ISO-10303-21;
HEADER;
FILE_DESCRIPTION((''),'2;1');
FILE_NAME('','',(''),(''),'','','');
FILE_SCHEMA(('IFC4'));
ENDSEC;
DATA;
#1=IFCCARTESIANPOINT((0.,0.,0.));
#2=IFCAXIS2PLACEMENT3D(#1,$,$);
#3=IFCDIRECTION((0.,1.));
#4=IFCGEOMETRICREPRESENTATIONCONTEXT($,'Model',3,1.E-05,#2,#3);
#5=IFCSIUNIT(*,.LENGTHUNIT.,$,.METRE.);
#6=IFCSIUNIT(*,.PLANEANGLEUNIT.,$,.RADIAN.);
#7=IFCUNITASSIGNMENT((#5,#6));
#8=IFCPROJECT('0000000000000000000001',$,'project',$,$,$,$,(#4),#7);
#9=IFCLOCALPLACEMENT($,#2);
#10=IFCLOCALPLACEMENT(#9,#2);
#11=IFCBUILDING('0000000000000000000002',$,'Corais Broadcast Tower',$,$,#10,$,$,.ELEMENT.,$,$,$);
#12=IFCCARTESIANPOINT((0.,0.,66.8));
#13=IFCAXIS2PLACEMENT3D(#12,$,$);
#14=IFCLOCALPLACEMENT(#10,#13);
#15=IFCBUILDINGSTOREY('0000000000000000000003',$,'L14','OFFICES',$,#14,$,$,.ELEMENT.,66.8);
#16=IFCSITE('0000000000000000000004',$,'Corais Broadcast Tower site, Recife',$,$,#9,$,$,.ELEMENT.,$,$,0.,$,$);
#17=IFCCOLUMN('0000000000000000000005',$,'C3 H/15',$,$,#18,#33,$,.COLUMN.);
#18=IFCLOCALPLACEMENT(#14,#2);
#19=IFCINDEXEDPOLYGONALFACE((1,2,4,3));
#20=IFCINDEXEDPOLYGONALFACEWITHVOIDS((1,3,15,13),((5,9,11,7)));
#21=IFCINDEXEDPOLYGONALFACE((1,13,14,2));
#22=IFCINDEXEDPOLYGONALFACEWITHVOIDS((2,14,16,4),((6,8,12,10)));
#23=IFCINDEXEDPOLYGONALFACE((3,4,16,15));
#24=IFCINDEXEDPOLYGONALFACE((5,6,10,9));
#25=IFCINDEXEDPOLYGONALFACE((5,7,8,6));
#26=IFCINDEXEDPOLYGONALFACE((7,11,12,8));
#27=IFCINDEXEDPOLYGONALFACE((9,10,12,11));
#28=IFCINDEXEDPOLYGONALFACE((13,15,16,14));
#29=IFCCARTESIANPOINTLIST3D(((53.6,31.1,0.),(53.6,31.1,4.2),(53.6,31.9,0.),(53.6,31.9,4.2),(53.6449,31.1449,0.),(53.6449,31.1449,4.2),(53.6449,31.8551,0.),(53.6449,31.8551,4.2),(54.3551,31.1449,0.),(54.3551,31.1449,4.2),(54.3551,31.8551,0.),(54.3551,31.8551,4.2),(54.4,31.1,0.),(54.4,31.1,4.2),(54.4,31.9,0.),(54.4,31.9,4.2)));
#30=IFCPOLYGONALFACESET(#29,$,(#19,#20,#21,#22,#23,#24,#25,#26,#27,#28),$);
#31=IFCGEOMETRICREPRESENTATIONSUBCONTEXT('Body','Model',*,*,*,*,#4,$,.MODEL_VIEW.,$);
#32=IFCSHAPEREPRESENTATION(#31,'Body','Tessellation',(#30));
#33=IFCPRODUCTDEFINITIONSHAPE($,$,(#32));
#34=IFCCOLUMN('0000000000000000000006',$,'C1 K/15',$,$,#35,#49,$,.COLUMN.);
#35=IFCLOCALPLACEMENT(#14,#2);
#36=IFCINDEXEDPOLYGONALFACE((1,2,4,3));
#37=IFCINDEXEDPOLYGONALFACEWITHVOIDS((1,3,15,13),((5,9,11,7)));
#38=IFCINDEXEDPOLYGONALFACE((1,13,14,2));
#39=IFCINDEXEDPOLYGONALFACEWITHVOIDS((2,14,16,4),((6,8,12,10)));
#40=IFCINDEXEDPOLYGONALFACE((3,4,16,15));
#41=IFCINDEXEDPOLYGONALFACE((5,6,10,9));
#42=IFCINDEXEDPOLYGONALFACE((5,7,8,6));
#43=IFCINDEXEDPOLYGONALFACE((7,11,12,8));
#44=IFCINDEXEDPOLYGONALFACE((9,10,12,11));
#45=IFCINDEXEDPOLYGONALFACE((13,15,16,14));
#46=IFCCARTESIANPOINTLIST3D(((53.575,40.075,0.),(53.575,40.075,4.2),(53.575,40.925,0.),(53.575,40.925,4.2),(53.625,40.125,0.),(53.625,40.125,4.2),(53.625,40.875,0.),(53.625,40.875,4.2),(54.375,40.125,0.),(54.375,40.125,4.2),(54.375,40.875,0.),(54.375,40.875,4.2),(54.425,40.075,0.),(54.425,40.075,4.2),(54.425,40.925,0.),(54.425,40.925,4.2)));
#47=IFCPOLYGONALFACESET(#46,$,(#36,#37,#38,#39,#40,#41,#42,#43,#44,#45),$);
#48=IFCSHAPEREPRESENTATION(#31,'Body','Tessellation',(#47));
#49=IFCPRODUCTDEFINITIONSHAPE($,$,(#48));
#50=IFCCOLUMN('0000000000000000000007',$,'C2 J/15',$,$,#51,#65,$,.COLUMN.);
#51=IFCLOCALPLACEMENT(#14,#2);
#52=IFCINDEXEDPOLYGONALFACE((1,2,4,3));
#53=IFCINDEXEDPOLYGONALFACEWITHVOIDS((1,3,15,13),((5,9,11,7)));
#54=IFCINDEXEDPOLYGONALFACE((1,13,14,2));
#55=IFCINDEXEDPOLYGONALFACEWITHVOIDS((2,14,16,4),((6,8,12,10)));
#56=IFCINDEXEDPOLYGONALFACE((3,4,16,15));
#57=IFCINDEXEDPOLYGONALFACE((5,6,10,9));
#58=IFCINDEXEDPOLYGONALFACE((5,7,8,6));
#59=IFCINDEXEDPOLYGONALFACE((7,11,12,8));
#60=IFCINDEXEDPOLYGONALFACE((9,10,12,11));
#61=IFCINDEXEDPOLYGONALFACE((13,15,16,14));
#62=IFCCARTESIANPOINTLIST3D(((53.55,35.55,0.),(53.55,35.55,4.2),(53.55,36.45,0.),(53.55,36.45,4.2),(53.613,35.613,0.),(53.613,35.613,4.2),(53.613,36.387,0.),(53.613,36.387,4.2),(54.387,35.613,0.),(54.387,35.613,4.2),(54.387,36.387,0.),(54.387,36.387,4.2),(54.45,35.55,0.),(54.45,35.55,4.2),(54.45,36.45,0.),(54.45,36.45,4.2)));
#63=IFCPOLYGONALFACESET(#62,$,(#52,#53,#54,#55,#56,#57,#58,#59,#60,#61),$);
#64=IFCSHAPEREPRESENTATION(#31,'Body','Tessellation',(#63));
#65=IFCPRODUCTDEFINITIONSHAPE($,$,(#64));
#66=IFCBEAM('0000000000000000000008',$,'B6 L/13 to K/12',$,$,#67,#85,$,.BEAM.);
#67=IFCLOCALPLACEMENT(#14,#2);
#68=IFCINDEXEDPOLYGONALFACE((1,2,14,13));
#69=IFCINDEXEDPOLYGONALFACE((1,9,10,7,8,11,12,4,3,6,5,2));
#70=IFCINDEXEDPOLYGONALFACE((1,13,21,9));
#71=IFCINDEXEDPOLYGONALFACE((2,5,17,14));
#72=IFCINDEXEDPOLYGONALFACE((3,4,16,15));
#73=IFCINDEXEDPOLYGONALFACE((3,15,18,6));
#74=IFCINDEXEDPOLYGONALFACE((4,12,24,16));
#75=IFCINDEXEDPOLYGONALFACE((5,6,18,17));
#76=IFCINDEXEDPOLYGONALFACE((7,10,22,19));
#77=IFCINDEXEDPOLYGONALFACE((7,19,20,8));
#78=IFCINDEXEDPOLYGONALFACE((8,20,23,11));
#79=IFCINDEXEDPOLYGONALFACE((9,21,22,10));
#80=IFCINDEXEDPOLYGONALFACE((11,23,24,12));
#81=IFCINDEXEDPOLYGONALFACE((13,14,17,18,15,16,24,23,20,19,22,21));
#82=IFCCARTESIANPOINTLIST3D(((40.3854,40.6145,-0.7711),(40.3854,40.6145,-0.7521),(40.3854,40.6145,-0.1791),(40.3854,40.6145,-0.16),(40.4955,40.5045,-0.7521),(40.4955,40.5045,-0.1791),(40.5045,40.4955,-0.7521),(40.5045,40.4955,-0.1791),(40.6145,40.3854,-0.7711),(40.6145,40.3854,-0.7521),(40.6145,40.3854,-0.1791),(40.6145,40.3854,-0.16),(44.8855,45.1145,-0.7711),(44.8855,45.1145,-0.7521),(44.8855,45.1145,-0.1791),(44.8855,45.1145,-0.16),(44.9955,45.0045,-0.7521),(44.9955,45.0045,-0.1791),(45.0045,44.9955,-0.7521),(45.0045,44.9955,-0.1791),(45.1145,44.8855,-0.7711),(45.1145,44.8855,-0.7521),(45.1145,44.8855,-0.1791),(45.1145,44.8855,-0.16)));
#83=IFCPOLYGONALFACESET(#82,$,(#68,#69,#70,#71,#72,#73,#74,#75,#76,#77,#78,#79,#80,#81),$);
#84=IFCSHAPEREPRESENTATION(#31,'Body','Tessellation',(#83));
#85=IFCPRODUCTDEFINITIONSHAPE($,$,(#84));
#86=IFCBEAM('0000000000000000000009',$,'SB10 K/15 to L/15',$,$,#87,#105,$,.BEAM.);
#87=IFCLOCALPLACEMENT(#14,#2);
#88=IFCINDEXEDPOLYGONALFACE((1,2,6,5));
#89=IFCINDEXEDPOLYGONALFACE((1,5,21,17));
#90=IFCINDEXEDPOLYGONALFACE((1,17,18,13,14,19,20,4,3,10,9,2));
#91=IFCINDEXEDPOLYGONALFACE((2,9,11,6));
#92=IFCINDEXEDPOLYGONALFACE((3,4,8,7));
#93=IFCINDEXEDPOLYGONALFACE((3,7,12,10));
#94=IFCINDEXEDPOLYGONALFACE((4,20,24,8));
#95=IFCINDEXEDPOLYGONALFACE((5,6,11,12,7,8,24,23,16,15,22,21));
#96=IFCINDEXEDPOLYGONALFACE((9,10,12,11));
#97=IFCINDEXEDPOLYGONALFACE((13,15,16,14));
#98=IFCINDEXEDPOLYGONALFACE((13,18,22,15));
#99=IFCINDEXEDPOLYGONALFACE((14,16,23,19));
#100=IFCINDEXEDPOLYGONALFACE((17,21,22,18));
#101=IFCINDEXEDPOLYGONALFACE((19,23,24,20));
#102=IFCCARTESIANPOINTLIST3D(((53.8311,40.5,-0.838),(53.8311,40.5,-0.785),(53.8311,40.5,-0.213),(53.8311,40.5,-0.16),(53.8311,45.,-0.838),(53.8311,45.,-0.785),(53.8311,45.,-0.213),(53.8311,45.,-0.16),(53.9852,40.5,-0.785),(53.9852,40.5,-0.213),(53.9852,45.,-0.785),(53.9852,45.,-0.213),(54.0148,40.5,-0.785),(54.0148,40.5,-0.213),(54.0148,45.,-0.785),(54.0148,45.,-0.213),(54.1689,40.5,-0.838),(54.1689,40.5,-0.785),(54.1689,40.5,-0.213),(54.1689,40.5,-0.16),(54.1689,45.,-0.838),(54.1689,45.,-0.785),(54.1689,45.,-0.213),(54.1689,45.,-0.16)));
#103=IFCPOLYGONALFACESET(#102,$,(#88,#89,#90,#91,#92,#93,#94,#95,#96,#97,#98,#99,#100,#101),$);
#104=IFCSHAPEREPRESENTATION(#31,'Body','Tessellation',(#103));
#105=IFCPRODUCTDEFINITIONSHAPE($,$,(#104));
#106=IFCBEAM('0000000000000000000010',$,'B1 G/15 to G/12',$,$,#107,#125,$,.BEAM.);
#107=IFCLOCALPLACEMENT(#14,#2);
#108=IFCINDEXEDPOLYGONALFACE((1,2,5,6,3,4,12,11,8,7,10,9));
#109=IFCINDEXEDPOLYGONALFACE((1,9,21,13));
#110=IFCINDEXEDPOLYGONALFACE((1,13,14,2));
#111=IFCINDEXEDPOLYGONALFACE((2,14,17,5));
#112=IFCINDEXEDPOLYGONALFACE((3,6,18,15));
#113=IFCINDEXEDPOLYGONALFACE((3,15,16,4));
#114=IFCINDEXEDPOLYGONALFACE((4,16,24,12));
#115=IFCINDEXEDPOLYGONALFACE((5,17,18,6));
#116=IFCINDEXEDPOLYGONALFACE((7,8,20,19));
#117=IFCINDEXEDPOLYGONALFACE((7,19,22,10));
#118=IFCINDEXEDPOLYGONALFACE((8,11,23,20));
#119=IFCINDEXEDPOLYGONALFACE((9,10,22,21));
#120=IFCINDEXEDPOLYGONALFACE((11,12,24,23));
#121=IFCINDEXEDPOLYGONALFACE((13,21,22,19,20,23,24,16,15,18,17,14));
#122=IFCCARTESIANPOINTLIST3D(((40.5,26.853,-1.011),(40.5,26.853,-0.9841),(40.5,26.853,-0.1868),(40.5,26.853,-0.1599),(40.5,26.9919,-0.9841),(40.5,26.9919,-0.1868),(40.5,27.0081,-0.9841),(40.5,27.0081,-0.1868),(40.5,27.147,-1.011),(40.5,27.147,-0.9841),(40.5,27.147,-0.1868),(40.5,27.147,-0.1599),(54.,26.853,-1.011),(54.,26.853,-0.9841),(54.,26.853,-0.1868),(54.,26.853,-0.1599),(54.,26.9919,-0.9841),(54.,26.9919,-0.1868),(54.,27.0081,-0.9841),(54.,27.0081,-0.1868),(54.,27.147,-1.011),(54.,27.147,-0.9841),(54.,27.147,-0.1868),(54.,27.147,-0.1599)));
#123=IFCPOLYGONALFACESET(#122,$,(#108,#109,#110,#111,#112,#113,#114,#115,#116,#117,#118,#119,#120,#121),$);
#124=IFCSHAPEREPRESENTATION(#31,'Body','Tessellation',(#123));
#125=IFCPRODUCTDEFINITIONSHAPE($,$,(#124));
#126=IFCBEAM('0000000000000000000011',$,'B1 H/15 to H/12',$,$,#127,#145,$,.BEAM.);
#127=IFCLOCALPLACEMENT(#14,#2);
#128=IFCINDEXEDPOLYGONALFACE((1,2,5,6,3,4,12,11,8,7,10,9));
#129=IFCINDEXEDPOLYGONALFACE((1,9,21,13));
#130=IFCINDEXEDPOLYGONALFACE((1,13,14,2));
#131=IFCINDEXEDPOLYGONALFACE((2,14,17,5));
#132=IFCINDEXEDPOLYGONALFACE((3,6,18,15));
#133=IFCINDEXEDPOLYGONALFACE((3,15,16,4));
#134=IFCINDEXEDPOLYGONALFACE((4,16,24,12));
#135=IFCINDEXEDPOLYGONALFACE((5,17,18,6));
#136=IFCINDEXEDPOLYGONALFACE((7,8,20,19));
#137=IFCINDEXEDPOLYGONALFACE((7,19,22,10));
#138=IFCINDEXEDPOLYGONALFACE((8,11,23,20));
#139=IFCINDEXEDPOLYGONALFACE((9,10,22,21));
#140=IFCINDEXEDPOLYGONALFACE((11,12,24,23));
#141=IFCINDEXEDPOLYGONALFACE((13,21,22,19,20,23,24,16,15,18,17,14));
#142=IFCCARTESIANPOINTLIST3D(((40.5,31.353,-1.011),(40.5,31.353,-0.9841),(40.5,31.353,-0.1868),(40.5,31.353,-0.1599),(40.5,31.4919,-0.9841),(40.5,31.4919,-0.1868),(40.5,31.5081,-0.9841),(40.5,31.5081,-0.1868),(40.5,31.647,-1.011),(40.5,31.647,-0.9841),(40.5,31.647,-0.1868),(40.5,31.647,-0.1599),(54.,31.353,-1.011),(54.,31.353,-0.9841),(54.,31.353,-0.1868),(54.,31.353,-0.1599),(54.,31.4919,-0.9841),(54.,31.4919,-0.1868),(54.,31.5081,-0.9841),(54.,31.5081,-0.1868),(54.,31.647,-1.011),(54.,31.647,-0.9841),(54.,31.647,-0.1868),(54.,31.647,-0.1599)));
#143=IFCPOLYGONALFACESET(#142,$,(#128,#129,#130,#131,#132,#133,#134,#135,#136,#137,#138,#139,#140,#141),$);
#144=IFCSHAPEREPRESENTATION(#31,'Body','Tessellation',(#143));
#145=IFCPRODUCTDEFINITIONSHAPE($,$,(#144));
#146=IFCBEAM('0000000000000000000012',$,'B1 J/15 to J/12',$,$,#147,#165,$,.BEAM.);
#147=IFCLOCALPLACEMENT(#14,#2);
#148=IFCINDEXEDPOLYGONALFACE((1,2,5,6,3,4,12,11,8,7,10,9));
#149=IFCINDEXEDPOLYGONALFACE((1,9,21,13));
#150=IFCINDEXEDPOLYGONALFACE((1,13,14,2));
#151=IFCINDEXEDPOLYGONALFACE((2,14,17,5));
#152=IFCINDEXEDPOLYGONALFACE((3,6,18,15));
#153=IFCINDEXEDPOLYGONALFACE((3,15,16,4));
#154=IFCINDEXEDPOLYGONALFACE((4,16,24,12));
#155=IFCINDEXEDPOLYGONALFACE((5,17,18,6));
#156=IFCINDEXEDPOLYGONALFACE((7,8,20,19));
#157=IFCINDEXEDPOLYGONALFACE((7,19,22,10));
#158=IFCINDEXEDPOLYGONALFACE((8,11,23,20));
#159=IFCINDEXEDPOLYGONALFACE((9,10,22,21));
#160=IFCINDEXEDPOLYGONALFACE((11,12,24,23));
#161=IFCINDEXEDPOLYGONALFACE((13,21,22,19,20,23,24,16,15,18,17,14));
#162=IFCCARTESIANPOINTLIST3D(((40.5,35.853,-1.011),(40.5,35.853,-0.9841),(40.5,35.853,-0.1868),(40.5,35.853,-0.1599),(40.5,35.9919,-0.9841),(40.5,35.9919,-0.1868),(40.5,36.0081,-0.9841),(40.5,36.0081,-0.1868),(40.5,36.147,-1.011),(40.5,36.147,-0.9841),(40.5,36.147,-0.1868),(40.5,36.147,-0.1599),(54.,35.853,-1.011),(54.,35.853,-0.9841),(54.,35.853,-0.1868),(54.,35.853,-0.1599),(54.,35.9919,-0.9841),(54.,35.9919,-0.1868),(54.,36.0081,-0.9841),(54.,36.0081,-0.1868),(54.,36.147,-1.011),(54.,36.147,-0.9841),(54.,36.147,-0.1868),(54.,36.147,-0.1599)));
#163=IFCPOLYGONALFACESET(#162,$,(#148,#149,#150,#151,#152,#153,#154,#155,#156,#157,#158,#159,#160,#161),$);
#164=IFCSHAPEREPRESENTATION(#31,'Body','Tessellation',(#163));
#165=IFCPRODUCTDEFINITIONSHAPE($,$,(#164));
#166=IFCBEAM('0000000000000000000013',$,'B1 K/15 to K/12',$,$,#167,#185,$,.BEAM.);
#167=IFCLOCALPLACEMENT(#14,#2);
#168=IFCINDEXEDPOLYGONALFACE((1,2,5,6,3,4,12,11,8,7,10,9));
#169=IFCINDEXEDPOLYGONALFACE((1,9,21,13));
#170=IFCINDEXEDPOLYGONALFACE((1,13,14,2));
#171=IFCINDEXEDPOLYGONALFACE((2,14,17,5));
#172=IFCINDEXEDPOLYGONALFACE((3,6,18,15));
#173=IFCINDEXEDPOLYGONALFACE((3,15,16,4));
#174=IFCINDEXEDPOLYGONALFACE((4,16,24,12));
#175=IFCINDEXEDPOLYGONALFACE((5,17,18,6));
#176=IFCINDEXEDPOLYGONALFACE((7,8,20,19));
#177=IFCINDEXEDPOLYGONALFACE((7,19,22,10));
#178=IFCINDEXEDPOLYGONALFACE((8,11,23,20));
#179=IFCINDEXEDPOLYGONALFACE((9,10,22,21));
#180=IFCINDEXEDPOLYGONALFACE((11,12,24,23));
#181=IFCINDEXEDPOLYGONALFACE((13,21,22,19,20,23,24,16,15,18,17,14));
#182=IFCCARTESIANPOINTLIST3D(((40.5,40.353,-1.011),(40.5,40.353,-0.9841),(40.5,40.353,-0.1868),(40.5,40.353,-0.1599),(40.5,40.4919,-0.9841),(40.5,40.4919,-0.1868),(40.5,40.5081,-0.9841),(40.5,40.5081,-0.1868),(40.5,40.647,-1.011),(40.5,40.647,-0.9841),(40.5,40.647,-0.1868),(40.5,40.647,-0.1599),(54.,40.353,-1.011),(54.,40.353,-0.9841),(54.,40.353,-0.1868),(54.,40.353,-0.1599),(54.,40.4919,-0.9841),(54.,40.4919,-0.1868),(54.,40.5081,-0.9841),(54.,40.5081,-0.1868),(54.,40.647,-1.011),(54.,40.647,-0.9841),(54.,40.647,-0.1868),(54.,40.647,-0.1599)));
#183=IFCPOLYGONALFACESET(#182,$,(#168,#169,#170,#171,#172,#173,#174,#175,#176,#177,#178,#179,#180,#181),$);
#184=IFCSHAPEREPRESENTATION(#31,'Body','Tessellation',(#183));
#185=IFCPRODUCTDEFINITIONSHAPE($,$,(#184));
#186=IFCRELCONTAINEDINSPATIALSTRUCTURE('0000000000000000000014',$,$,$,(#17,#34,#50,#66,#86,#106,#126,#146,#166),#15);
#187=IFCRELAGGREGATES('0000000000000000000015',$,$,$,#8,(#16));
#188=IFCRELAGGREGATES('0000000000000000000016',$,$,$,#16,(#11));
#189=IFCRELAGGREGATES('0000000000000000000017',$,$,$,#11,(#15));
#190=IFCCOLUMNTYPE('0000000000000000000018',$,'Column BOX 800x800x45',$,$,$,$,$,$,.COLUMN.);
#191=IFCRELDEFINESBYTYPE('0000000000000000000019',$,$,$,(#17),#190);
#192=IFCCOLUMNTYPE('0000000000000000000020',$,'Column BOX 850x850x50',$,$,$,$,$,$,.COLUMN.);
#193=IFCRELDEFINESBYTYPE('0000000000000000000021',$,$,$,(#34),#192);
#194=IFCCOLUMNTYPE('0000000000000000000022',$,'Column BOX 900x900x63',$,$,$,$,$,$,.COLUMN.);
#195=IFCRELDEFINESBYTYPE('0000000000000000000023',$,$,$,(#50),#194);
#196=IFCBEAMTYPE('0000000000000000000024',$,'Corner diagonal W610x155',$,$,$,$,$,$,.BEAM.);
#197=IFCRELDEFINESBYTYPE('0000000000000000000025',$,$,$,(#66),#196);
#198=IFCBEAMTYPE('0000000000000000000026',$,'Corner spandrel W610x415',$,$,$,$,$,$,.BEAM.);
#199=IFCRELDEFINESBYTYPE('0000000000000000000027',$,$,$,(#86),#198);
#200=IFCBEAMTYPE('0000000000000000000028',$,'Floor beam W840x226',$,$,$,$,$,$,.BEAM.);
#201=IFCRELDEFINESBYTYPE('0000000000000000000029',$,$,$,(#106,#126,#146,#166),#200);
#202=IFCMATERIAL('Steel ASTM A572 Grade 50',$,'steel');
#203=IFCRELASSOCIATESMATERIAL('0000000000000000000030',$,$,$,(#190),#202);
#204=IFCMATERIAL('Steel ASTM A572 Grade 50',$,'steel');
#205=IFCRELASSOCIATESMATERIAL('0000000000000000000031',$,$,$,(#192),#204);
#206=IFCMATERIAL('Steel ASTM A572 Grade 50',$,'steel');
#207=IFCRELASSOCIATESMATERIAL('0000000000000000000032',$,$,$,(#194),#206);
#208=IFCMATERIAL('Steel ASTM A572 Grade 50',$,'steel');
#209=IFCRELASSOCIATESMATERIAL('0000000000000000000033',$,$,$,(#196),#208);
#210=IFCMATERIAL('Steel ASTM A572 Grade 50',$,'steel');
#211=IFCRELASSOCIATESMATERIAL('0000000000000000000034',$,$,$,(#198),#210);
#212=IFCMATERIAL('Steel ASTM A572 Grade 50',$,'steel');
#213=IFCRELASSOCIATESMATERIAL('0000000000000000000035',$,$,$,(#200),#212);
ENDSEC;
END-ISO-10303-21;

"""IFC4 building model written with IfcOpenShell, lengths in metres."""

from ifc_helpers import new_model, si_unit, direction, frame, origin, origin_2d, place, context, subcontext, project, spatial, hollow_rectangle, i_section, extrude, material, material_profile, profile_set, type_object, element, save


model = new_model("IFC4")

# Units and contexts
model_context = context("Model", 3, precision=1e-05, world=origin(), true_north=direction((0.0, 1.0)))
body_context = subcontext(model_context, "Body", "Model", "MODEL_VIEW")
ifc_project = project(units=[si_unit("LENGTHUNIT", "METRE"), si_unit("PLANEANGLEUNIT", "RADIAN")], contexts=[model_context])

# Site, building, storey
site_placement = place(None, origin())
site = spatial("IfcSite", under=ifc_project, at=site_placement, Name="Corais Broadcast Tower site, Recife", CompositionType="ELEMENT", RefElevation=0.0)
building_placement = place(site_placement, origin())
building = spatial("IfcBuilding", under=site, at=building_placement, Name="Corais Broadcast Tower", CompositionType="ELEMENT")
storey_placement = place(building_placement, frame((0.0, 0.0, 66.8)))
storey = spatial("IfcBuildingStorey", under=building, at=storey_placement, Name="L14", Description="OFFICES", CompositionType="ELEMENT", Elevation=66.8)

# Columns
ifc_material_1 = material(Name="Steel ASTM A572 Grade 50", Category="steel")
ifc_material_profile_1 = material_profile(ifc_material_1, hollow_rectangle(XDim=0.8, YDim=0.8, WallThickness=0.0449, at=origin_2d()), Name="BOX 800x800x45")
ifc_profile_set_1 = profile_set([ifc_material_profile_1], Name="Steel ASTM A572 Grade 50")
column_type_1 = type_object("IfcColumnType", Name="Column BOX 800x800x45", PredefinedType="COLUMN", material=ifc_profile_set_1)
column_1_placement = place(storey_placement, frame((54.0, 31.5, 0.0), z_axis=(0.0, 0.0, 1.0), x_axis=(1.0, 0.0, 0.0)))
element("IfcColumn", 1, at=column_1_placement, inside=storey, type_object=column_type_1, Name="C3 H/15", PredefinedType="COLUMN", context=body_context, shape_type="SweptSolid", body=[
    extrude(hollow_rectangle(XDim=0.8, YDim=0.8, WallThickness=0.0449, at=origin_2d()), origin(), (0.0, 0.0, 1.0), 4.2),
])
ifc_material_2 = material(Name="Steel ASTM A572 Grade 50", Category="steel")
ifc_material_profile_2 = material_profile(ifc_material_2, hollow_rectangle(XDim=0.8501, YDim=0.8501, WallThickness=0.05, at=origin_2d()), Name="BOX 850x850x50")
ifc_profile_set_2 = profile_set([ifc_material_profile_2], Name="Steel ASTM A572 Grade 50")
column_type_2 = type_object("IfcColumnType", Name="Column BOX 850x850x50", PredefinedType="COLUMN", material=ifc_profile_set_2)
column_2_placement = place(storey_placement, frame((54.0, 40.5, 0.0), z_axis=(0.0, 0.0, 1.0), x_axis=(1.0, 0.0, 0.0)))
element("IfcColumn", 2, at=column_2_placement, inside=storey, type_object=column_type_2, Name="C1 K/15", PredefinedType="COLUMN", context=body_context, shape_type="SweptSolid", body=[
    extrude(hollow_rectangle(XDim=0.8501, YDim=0.8501, WallThickness=0.05, at=origin_2d()), origin(), (0.0, 0.0, 1.0), 4.2),
])
ifc_material_3 = material(Name="Steel ASTM A572 Grade 50", Category="steel")
ifc_material_profile_3 = material_profile(ifc_material_3, hollow_rectangle(XDim=0.8999, YDim=0.8999, WallThickness=0.063, at=origin_2d()), Name="BOX 900x900x63")
ifc_profile_set_3 = profile_set([ifc_material_profile_3], Name="Steel ASTM A572 Grade 50")
column_type_3 = type_object("IfcColumnType", Name="Column BOX 900x900x63", PredefinedType="COLUMN", material=ifc_profile_set_3)
column_3_placement = place(storey_placement, frame((54.0, 36.0, 0.0), z_axis=(0.0, 0.0, 1.0), x_axis=(1.0, 0.0, 0.0)))
element("IfcColumn", 3, at=column_3_placement, inside=storey, type_object=column_type_3, Name="C2 J/15", PredefinedType="COLUMN", context=body_context, shape_type="SweptSolid", body=[
    extrude(hollow_rectangle(XDim=0.8999, YDim=0.8999, WallThickness=0.063, at=origin_2d()), origin(), (0.0, 0.0, 1.0), 4.2),
])

# Beams
ifc_material_4 = material(Name="Steel ASTM A572 Grade 50", Category="steel")
ifc_material_profile_4 = material_profile(ifc_material_4, i_section(OverallWidth=0.324, OverallDepth=0.6111, WebThickness=0.0127, FlangeThickness=0.019, at=origin_2d()), Name="W610x155")
ifc_profile_set_4 = profile_set([ifc_material_profile_4], Name="Steel ASTM A572 Grade 50")
beam_type_1 = type_object("IfcBeamType", Name="Corner diagonal W610x155", PredefinedType="BEAM", material=ifc_profile_set_4)
beam_1_placement = place(storey_placement, frame((45.0, 45.0, -0.4656), z_axis=(-0.707107, -0.707107, 0.0), x_axis=(0.707107, -0.707107, 0.0)))
element("IfcBeam", 4, at=beam_1_placement, inside=storey, type_object=beam_type_1, Name="B6 L/13 to K/12", PredefinedType="BEAM", context=body_context, shape_type="SweptSolid", body=[
    extrude(i_section(OverallWidth=0.324, OverallDepth=0.6111, WebThickness=0.0127, FlangeThickness=0.019, at=origin_2d()), origin(), (0.0, 0.0, 1.0), 6.364),
])
ifc_material_5 = material(Name="Steel ASTM A572 Grade 50", Category="steel")
ifc_material_profile_5 = material_profile(ifc_material_5, i_section(OverallWidth=0.3379, OverallDepth=0.678, WebThickness=0.0295, FlangeThickness=0.053, at=origin_2d()), Name="W610x415")
ifc_profile_set_5 = profile_set([ifc_material_profile_5], Name="Steel ASTM A572 Grade 50")
beam_type_2 = type_object("IfcBeamType", Name="Corner spandrel W610x415", PredefinedType="BEAM", material=ifc_profile_set_5)
beam_2_placement = place(storey_placement, frame((54.0, 40.5, -0.499), z_axis=(0.0, 1.0, 0.0), x_axis=(-1.0, 0.0, 0.0)))
element("IfcBeam", 5, at=beam_2_placement, inside=storey, type_object=beam_type_2, Name="SB10 K/15 to L/15", PredefinedType="BEAM", context=body_context, shape_type="SweptSolid", body=[
    extrude(i_section(OverallWidth=0.3379, OverallDepth=0.678, WebThickness=0.0295, FlangeThickness=0.053, at=origin_2d()), origin(), (0.0, 0.0, 1.0), 4.5),
])
ifc_material_6 = material(Name="Steel ASTM A572 Grade 50", Category="steel")
ifc_material_profile_6 = material_profile(ifc_material_6, i_section(OverallWidth=0.2939, OverallDepth=0.8511, WebThickness=0.0161, FlangeThickness=0.0269, at=origin_2d()), Name="W840x226")
ifc_profile_set_6 = profile_set([ifc_material_profile_6], Name="Steel ASTM A572 Grade 50")
beam_type_3 = type_object("IfcBeamType", Name="Floor beam W840x226", PredefinedType="BEAM", material=ifc_profile_set_6)
for number, where, z_axis, x_axis, name in (
    (6, (54.0, 27.0, -0.5854), (-1.0, 0.0, 0.0), (0.0, -1.0, 0.0), "B1 G/15 to G/12"),
    (7, (54.0, 31.5, -0.5854), (-1.0, 0.0, 0.0), (0.0, -1.0, 0.0), "B1 H/15 to H/12"),
    (8, (54.0, 36.0, -0.5854), (-1.0, 0.0, 0.0), (0.0, -1.0, 0.0), "B1 J/15 to J/12"),
    (9, (54.0, 40.5, -0.5854), (-1.0, 0.0, 0.0), (0.0, -1.0, 0.0), "B1 K/15 to K/12"),
):
    element("IfcBeam", number, at=place(storey_placement, frame(where, z_axis=z_axis, x_axis=x_axis)), inside=storey, type_object=beam_type_3, Name=name, PredefinedType="BEAM", context=body_context, shape_type="SweptSolid", body=[
        extrude(i_section(OverallWidth=0.2939, OverallDepth=0.8511, WebThickness=0.0161, FlangeThickness=0.0269, at=origin_2d()), origin(), (0.0, 0.0, 1.0), 13.5),
    ])

save(model, "model.ifc")
